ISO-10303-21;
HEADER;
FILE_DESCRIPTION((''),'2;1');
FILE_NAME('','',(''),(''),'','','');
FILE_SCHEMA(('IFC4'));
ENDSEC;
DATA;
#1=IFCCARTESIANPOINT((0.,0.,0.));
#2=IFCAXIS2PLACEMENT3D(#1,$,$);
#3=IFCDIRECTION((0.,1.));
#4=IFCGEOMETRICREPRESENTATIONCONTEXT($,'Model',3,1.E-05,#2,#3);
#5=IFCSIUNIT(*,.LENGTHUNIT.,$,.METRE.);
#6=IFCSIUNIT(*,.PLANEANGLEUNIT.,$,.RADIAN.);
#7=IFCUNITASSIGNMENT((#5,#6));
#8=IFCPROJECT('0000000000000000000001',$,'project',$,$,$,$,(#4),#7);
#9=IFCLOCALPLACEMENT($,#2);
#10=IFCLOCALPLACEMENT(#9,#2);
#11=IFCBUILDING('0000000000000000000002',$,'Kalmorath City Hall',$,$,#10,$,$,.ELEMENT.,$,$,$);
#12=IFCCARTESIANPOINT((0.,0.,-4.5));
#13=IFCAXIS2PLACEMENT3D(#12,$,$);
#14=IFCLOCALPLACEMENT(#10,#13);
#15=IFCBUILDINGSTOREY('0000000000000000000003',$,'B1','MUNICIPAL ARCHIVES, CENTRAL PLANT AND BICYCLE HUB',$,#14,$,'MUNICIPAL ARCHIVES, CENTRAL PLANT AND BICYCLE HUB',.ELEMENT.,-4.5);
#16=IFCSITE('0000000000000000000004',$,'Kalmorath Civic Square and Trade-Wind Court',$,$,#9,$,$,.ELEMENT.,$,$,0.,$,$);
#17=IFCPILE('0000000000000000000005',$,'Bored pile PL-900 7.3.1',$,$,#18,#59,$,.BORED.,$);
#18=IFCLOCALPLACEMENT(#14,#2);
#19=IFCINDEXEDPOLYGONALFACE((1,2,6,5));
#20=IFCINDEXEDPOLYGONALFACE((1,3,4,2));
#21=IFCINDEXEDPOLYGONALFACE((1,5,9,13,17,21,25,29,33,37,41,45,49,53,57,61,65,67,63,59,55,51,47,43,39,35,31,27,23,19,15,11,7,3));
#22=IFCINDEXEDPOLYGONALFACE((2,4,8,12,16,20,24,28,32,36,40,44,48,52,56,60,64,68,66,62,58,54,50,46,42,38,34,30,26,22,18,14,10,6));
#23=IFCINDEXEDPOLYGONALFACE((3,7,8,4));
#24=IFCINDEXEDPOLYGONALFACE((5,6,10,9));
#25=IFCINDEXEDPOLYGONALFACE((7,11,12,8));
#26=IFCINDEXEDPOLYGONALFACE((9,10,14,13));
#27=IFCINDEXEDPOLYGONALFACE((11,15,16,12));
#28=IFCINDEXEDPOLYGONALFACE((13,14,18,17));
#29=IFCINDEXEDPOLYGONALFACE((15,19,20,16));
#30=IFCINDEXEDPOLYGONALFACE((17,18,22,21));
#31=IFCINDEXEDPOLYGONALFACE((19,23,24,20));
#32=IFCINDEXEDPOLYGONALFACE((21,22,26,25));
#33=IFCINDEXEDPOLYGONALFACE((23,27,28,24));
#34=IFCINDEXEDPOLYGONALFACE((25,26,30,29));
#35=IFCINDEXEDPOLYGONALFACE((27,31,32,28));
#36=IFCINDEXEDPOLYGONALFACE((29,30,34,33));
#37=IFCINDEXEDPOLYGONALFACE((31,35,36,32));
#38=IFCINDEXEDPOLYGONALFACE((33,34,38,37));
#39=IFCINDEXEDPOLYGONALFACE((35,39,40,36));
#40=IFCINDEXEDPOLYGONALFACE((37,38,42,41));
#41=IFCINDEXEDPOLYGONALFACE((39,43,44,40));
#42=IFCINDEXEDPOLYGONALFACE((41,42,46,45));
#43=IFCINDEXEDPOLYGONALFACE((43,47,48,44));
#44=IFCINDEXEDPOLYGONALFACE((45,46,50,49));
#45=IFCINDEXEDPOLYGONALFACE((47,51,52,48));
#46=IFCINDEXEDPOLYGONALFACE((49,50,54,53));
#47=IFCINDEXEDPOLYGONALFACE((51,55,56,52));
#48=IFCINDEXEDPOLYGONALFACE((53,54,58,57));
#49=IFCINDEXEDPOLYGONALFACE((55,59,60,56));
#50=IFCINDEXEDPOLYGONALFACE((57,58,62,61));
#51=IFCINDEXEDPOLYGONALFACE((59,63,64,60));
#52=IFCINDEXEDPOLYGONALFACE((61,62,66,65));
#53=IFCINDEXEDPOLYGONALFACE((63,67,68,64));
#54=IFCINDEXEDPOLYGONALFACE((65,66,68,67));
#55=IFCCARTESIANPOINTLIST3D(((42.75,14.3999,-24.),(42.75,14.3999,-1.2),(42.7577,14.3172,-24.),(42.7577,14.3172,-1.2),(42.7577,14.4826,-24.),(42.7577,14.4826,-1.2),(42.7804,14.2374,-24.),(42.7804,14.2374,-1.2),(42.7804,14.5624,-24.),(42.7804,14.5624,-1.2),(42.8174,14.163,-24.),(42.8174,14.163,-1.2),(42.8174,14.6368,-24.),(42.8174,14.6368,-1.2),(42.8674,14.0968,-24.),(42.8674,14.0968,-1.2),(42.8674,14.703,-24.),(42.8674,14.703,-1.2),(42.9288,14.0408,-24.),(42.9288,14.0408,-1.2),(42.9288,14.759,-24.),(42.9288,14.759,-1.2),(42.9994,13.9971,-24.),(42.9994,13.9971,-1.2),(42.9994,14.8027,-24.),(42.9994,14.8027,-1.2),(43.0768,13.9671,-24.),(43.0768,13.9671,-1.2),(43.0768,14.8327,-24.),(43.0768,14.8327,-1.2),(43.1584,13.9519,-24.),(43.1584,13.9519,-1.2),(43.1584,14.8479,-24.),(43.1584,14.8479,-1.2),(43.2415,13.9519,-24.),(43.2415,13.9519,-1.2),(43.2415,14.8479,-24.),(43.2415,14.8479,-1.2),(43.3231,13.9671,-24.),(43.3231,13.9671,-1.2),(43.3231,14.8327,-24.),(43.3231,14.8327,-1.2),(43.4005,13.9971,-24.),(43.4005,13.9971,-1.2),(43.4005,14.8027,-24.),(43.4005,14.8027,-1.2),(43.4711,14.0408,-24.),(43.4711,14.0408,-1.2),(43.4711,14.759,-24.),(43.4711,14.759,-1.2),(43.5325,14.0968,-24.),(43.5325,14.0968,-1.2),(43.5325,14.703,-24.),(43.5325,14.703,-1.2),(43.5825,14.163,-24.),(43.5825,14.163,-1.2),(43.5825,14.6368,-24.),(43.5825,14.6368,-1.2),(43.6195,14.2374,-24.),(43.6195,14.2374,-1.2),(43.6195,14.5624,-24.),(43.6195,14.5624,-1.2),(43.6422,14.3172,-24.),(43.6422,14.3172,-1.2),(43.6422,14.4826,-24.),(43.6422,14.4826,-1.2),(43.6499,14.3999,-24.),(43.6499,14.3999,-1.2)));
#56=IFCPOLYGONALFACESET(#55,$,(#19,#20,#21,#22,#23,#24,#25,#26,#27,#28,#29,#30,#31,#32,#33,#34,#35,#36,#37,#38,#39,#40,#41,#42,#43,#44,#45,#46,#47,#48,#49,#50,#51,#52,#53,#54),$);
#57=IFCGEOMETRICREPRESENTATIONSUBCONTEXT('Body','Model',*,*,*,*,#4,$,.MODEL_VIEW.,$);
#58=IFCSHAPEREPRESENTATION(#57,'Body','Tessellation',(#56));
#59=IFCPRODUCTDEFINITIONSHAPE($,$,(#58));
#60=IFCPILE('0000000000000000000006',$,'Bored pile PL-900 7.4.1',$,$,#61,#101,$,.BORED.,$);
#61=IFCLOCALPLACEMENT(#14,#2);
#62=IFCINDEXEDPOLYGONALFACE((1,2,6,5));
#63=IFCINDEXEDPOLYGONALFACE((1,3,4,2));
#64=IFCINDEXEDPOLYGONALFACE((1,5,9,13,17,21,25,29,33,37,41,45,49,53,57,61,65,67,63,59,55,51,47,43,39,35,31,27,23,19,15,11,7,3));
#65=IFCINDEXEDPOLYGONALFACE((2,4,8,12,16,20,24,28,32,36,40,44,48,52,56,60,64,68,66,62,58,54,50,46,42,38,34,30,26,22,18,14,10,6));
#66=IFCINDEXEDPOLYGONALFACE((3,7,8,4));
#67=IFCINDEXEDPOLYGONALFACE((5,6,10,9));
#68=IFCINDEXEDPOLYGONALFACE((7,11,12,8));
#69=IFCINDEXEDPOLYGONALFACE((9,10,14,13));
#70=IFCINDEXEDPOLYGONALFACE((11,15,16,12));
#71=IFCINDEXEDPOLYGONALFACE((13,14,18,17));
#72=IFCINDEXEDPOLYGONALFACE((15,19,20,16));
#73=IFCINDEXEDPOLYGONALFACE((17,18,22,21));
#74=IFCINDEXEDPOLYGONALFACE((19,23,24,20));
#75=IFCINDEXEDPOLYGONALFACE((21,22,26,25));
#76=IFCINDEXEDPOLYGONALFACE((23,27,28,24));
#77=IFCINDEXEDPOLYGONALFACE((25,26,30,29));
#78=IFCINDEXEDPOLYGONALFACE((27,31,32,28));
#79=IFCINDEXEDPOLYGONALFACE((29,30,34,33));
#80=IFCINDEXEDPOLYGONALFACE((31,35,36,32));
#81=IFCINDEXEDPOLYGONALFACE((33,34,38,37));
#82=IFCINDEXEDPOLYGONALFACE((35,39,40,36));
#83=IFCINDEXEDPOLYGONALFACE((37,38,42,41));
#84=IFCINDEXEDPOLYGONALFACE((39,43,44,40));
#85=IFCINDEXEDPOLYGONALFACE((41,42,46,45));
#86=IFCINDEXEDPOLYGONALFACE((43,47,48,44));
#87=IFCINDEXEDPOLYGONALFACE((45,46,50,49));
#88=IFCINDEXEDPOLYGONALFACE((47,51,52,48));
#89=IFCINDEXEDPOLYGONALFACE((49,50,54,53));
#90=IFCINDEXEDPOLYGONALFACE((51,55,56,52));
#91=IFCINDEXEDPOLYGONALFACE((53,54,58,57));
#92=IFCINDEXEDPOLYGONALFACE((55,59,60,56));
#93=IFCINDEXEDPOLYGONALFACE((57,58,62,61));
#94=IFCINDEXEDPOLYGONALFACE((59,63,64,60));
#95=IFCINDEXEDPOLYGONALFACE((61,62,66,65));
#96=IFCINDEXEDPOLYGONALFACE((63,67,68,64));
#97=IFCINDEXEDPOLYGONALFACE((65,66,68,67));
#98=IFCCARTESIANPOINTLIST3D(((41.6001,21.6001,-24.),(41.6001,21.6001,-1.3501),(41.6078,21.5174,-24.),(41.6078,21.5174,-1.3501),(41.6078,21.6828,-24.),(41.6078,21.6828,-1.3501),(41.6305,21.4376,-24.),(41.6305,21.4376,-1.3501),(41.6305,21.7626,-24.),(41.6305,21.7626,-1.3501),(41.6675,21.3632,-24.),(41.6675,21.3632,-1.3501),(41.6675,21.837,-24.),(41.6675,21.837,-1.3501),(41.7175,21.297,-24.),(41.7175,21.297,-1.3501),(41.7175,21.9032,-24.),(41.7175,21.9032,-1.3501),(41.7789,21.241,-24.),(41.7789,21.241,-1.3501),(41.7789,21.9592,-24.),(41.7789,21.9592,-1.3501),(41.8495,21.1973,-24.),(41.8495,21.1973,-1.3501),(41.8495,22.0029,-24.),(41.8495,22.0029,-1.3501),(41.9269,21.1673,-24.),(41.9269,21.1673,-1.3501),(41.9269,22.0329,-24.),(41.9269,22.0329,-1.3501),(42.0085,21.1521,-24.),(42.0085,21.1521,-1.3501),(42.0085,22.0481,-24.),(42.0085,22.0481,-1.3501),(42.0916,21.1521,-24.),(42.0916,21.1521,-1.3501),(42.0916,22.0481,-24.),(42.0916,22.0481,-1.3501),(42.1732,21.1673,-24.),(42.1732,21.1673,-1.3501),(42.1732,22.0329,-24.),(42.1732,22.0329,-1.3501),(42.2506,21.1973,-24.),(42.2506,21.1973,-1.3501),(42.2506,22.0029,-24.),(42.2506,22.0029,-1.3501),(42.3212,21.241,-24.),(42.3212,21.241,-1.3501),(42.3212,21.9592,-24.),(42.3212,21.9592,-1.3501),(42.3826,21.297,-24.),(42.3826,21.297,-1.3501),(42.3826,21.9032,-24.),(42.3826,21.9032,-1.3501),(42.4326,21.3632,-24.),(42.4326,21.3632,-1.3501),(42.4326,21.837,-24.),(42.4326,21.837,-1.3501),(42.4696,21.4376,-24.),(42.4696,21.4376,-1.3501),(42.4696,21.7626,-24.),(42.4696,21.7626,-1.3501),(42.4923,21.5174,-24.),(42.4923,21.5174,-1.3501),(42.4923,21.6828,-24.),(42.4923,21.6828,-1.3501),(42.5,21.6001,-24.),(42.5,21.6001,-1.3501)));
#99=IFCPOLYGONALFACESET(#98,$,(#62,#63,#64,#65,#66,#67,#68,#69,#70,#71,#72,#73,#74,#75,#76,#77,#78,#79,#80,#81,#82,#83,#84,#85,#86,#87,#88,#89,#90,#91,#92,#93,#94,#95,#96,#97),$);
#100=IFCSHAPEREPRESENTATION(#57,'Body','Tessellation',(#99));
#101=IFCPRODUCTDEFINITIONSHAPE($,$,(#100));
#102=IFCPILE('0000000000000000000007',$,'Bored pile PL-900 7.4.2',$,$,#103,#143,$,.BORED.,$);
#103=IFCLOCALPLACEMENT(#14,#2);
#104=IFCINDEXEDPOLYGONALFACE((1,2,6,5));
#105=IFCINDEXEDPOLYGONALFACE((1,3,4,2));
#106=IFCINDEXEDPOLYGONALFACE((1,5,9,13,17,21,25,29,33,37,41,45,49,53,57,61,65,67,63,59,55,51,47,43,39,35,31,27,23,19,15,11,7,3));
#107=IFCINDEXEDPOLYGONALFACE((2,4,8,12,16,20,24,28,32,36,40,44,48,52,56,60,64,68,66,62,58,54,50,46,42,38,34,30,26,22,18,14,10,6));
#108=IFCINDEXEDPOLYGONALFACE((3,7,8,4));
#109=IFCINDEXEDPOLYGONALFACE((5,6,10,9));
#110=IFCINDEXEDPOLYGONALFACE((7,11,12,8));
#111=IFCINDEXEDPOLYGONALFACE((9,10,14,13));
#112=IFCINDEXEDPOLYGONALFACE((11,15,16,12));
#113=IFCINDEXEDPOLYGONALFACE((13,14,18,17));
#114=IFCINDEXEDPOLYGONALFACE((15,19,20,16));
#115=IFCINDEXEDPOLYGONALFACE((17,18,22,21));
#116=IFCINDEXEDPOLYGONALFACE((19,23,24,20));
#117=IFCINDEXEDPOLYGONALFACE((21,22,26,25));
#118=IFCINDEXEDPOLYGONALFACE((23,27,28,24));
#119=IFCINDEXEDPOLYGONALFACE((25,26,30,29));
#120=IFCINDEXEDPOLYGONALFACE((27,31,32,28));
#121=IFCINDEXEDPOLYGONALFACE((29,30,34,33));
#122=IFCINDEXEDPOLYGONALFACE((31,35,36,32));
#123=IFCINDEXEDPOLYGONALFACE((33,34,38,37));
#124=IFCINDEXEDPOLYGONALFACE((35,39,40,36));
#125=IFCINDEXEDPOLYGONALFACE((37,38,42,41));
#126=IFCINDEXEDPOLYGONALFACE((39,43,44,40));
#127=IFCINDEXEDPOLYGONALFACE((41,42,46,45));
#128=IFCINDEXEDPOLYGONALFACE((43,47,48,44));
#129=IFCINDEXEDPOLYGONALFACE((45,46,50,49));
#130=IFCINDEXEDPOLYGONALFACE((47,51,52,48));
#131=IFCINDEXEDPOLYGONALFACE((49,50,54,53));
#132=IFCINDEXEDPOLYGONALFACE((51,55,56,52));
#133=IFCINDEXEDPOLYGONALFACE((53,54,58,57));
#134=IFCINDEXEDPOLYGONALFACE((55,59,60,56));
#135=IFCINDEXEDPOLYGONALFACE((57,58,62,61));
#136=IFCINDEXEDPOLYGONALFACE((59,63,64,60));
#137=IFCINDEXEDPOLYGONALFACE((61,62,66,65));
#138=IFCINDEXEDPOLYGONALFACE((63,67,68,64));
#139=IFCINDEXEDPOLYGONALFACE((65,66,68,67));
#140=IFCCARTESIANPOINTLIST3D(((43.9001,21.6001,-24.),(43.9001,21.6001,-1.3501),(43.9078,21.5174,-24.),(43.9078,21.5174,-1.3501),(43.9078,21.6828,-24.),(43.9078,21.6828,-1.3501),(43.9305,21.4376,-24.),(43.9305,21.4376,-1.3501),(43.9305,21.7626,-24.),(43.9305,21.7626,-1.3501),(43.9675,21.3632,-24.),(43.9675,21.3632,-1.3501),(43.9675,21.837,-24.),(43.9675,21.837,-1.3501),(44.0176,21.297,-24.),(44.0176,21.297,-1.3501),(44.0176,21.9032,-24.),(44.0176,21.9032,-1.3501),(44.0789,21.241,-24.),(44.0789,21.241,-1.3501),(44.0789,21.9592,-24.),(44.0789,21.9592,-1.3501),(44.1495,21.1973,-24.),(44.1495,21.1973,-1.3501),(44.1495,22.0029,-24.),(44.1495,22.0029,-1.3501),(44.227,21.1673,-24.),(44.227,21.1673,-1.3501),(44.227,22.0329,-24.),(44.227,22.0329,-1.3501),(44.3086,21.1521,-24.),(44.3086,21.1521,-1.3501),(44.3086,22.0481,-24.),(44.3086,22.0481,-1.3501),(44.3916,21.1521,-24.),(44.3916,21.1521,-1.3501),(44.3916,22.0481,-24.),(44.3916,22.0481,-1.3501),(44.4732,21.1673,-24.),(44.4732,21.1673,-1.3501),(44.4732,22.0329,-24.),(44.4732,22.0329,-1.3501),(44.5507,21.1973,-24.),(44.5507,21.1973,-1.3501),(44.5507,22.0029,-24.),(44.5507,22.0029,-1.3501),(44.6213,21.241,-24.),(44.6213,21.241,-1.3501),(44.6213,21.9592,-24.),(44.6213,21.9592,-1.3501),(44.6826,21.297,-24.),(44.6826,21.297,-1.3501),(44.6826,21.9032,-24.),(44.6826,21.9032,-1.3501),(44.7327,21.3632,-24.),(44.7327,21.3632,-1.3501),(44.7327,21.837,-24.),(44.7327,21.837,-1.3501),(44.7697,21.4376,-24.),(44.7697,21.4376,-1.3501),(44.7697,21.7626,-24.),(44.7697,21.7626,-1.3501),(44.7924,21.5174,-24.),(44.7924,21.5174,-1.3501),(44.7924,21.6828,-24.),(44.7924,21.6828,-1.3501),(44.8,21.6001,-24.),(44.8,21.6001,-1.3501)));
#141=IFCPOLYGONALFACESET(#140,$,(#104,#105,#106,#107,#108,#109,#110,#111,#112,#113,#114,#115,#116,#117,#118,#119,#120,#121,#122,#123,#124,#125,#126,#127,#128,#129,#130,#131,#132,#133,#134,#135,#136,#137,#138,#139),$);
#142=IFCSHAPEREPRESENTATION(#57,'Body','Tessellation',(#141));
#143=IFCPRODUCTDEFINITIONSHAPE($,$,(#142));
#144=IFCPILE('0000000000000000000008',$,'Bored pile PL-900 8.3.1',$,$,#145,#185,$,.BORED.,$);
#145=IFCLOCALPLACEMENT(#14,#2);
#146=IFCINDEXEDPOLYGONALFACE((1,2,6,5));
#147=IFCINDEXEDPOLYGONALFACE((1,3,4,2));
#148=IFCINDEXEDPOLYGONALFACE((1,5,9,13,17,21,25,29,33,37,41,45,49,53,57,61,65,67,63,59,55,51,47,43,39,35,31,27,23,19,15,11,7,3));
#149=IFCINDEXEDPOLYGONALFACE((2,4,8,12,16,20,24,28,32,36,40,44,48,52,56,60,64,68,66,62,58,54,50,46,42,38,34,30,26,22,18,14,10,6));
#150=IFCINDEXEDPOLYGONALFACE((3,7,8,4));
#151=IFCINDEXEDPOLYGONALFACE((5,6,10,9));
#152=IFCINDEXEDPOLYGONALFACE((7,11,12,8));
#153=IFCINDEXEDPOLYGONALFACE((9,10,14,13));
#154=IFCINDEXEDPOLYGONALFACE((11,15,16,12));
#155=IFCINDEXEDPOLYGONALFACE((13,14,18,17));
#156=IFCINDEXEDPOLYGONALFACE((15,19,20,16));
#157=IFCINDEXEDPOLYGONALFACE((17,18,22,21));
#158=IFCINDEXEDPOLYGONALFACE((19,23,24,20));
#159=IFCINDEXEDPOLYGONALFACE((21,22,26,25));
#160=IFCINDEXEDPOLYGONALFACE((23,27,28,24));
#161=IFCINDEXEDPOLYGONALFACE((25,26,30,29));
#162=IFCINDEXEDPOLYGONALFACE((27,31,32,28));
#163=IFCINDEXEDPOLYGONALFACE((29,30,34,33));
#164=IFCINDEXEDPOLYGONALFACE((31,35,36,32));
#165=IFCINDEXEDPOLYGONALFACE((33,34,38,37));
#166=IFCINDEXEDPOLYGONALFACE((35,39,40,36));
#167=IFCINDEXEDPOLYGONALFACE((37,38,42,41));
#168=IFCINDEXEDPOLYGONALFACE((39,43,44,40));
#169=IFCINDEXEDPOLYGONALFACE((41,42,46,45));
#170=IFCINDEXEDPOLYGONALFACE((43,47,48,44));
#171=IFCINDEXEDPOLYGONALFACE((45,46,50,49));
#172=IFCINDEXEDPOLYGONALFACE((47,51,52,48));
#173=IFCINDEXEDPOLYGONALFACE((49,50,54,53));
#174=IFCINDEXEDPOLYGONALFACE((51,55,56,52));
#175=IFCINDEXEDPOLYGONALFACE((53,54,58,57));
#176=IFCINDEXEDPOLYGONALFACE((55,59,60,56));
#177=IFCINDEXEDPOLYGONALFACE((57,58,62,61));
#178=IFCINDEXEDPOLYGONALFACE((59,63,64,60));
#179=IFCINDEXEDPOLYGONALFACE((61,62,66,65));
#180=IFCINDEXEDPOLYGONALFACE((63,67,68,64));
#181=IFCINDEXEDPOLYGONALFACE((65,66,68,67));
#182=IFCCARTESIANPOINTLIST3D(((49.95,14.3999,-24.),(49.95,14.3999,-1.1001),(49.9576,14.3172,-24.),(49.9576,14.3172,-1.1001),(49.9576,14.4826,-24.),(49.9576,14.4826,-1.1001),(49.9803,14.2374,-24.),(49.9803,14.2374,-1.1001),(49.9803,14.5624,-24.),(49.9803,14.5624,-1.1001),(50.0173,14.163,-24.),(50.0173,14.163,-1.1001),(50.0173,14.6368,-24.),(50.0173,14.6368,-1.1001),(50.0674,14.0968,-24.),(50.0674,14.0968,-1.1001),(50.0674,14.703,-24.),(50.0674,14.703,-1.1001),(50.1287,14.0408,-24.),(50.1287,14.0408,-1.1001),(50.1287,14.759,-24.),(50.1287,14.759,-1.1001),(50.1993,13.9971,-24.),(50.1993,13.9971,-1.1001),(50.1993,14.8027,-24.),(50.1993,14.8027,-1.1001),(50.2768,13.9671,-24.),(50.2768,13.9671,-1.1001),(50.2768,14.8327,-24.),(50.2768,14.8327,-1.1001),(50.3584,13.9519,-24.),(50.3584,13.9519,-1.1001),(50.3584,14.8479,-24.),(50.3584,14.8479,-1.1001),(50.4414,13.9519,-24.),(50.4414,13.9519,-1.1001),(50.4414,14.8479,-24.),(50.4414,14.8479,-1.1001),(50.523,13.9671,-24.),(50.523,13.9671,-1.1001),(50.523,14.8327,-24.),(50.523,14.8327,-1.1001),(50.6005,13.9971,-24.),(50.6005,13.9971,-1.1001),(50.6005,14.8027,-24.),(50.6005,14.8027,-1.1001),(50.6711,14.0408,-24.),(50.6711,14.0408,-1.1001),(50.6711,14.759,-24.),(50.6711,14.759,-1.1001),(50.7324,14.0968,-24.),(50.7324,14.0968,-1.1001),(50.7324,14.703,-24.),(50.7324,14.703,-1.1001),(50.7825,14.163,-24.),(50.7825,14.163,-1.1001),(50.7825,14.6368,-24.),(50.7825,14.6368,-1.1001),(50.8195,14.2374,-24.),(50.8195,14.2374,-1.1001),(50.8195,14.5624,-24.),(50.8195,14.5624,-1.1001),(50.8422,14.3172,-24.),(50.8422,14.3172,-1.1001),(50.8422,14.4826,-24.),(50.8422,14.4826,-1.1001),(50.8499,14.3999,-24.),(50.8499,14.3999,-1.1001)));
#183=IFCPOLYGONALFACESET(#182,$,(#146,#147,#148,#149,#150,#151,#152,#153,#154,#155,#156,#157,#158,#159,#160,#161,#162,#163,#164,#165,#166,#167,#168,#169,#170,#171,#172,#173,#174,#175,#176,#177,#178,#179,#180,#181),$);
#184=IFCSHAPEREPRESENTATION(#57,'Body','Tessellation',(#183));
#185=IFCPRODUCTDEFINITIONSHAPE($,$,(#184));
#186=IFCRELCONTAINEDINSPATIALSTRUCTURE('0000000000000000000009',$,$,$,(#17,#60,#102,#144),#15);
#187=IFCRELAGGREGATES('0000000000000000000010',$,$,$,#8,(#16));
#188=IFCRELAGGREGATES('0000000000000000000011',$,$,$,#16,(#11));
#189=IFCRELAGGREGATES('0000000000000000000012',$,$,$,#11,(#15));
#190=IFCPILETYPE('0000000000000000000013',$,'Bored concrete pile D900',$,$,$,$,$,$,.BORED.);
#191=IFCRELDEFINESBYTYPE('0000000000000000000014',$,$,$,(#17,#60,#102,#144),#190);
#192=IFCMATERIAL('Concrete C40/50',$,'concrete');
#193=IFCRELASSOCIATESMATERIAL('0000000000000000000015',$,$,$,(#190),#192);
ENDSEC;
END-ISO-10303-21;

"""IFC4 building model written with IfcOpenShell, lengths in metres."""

from ifc_helpers import new_model, si_unit, direction, frame, origin, origin_2d, place, context, subcontext, project, spatial, circle, extrude, material, material_profile, profile_set, type_object, element, save


model = new_model("IFC4")

# Units and contexts
model_context = context("Model", 3, precision=1e-05, world=origin(), true_north=direction((0.0, 1.0)))
body_context = subcontext(model_context, "Body", "Model", "MODEL_VIEW")
ifc_project = project(units=[si_unit("LENGTHUNIT", "METRE"), si_unit("PLANEANGLEUNIT", "RADIAN")], contexts=[model_context])

# Site, building, storey
site_placement = place(None, origin())
site = spatial("IfcSite", under=ifc_project, at=site_placement, Name="Kalmorath Civic Square and Trade-Wind Court", CompositionType="ELEMENT", RefElevation=0.0)
building_placement = place(site_placement, origin())
building = spatial("IfcBuilding", under=site, at=building_placement, Name="Kalmorath City Hall", CompositionType="ELEMENT")
storey_placement = place(building_placement, frame((0.0, 0.0, -4.5)))
storey = spatial("IfcBuildingStorey", under=building, at=storey_placement, Name="B1", Description="MUNICIPAL ARCHIVES, CENTRAL PLANT AND BICYCLE HUB", LongName="MUNICIPAL ARCHIVES, CENTRAL PLANT AND BICYCLE HUB", CompositionType="ELEMENT", Elevation=-4.5)

# Piles
ifc_material_1 = material(Name="Concrete C40/50", Category="concrete")
ifc_material_profile_1 = material_profile(ifc_material_1, circle(Radius=0.45, at=origin_2d()), Name="PILE-D900")
ifc_profile_set_1 = profile_set([ifc_material_profile_1], Name="Concrete C40/50")
pile_type = type_object("IfcPileType", Name="Bored concrete pile D900", PredefinedType="BORED", material=ifc_profile_set_1)
pile_1_placement = place(storey_placement, frame((43.2, 14.3999, -1.2), z_axis=(0.0, 0.0, -1.0), x_axis=(1.0, 0.0, 0.0)))
element("IfcPile", 1, at=pile_1_placement, inside=storey, type_object=pile_type, Name="Bored pile PL-900 7.3.1", PredefinedType="BORED", context=body_context, shape_type="SweptSolid", body=[
    extrude(circle(Radius=0.45, at=origin_2d()), origin(), (0.0, 0.0, 1.0), 22.8),
])
for number, where, z_axis, x_axis, name in (
    (2, (42.05, 21.6001, -1.3501), (0.0, 0.0, -1.0), (1.0, 0.0, 0.0), "Bored pile PL-900 7.4.1"),
    (3, (44.3501, 21.6001, -1.3501), (0.0, 0.0, -1.0), (1.0, 0.0, 0.0), "Bored pile PL-900 7.4.2"),
):
    element("IfcPile", number, at=place(storey_placement, frame(where, z_axis=z_axis, x_axis=x_axis)), inside=storey, type_object=pile_type, Name=name, PredefinedType="BORED", context=body_context, shape_type="SweptSolid", body=[
        extrude(circle(Radius=0.45, at=origin_2d()), origin(), (0.0, 0.0, 1.0), 22.6499),
    ])
pile_2_placement = place(storey_placement, frame((50.3999, 14.3999, -1.1001), z_axis=(0.0, 0.0, -1.0), x_axis=(1.0, 0.0, 0.0)))
element("IfcPile", 4, at=pile_2_placement, inside=storey, type_object=pile_type, Name="Bored pile PL-900 8.3.1", PredefinedType="BORED", context=body_context, shape_type="SweptSolid", body=[
    extrude(circle(Radius=0.45, at=origin_2d()), origin(), (0.0, 0.0, 1.0), 22.8999),
])

save(model, "model.ifc")
